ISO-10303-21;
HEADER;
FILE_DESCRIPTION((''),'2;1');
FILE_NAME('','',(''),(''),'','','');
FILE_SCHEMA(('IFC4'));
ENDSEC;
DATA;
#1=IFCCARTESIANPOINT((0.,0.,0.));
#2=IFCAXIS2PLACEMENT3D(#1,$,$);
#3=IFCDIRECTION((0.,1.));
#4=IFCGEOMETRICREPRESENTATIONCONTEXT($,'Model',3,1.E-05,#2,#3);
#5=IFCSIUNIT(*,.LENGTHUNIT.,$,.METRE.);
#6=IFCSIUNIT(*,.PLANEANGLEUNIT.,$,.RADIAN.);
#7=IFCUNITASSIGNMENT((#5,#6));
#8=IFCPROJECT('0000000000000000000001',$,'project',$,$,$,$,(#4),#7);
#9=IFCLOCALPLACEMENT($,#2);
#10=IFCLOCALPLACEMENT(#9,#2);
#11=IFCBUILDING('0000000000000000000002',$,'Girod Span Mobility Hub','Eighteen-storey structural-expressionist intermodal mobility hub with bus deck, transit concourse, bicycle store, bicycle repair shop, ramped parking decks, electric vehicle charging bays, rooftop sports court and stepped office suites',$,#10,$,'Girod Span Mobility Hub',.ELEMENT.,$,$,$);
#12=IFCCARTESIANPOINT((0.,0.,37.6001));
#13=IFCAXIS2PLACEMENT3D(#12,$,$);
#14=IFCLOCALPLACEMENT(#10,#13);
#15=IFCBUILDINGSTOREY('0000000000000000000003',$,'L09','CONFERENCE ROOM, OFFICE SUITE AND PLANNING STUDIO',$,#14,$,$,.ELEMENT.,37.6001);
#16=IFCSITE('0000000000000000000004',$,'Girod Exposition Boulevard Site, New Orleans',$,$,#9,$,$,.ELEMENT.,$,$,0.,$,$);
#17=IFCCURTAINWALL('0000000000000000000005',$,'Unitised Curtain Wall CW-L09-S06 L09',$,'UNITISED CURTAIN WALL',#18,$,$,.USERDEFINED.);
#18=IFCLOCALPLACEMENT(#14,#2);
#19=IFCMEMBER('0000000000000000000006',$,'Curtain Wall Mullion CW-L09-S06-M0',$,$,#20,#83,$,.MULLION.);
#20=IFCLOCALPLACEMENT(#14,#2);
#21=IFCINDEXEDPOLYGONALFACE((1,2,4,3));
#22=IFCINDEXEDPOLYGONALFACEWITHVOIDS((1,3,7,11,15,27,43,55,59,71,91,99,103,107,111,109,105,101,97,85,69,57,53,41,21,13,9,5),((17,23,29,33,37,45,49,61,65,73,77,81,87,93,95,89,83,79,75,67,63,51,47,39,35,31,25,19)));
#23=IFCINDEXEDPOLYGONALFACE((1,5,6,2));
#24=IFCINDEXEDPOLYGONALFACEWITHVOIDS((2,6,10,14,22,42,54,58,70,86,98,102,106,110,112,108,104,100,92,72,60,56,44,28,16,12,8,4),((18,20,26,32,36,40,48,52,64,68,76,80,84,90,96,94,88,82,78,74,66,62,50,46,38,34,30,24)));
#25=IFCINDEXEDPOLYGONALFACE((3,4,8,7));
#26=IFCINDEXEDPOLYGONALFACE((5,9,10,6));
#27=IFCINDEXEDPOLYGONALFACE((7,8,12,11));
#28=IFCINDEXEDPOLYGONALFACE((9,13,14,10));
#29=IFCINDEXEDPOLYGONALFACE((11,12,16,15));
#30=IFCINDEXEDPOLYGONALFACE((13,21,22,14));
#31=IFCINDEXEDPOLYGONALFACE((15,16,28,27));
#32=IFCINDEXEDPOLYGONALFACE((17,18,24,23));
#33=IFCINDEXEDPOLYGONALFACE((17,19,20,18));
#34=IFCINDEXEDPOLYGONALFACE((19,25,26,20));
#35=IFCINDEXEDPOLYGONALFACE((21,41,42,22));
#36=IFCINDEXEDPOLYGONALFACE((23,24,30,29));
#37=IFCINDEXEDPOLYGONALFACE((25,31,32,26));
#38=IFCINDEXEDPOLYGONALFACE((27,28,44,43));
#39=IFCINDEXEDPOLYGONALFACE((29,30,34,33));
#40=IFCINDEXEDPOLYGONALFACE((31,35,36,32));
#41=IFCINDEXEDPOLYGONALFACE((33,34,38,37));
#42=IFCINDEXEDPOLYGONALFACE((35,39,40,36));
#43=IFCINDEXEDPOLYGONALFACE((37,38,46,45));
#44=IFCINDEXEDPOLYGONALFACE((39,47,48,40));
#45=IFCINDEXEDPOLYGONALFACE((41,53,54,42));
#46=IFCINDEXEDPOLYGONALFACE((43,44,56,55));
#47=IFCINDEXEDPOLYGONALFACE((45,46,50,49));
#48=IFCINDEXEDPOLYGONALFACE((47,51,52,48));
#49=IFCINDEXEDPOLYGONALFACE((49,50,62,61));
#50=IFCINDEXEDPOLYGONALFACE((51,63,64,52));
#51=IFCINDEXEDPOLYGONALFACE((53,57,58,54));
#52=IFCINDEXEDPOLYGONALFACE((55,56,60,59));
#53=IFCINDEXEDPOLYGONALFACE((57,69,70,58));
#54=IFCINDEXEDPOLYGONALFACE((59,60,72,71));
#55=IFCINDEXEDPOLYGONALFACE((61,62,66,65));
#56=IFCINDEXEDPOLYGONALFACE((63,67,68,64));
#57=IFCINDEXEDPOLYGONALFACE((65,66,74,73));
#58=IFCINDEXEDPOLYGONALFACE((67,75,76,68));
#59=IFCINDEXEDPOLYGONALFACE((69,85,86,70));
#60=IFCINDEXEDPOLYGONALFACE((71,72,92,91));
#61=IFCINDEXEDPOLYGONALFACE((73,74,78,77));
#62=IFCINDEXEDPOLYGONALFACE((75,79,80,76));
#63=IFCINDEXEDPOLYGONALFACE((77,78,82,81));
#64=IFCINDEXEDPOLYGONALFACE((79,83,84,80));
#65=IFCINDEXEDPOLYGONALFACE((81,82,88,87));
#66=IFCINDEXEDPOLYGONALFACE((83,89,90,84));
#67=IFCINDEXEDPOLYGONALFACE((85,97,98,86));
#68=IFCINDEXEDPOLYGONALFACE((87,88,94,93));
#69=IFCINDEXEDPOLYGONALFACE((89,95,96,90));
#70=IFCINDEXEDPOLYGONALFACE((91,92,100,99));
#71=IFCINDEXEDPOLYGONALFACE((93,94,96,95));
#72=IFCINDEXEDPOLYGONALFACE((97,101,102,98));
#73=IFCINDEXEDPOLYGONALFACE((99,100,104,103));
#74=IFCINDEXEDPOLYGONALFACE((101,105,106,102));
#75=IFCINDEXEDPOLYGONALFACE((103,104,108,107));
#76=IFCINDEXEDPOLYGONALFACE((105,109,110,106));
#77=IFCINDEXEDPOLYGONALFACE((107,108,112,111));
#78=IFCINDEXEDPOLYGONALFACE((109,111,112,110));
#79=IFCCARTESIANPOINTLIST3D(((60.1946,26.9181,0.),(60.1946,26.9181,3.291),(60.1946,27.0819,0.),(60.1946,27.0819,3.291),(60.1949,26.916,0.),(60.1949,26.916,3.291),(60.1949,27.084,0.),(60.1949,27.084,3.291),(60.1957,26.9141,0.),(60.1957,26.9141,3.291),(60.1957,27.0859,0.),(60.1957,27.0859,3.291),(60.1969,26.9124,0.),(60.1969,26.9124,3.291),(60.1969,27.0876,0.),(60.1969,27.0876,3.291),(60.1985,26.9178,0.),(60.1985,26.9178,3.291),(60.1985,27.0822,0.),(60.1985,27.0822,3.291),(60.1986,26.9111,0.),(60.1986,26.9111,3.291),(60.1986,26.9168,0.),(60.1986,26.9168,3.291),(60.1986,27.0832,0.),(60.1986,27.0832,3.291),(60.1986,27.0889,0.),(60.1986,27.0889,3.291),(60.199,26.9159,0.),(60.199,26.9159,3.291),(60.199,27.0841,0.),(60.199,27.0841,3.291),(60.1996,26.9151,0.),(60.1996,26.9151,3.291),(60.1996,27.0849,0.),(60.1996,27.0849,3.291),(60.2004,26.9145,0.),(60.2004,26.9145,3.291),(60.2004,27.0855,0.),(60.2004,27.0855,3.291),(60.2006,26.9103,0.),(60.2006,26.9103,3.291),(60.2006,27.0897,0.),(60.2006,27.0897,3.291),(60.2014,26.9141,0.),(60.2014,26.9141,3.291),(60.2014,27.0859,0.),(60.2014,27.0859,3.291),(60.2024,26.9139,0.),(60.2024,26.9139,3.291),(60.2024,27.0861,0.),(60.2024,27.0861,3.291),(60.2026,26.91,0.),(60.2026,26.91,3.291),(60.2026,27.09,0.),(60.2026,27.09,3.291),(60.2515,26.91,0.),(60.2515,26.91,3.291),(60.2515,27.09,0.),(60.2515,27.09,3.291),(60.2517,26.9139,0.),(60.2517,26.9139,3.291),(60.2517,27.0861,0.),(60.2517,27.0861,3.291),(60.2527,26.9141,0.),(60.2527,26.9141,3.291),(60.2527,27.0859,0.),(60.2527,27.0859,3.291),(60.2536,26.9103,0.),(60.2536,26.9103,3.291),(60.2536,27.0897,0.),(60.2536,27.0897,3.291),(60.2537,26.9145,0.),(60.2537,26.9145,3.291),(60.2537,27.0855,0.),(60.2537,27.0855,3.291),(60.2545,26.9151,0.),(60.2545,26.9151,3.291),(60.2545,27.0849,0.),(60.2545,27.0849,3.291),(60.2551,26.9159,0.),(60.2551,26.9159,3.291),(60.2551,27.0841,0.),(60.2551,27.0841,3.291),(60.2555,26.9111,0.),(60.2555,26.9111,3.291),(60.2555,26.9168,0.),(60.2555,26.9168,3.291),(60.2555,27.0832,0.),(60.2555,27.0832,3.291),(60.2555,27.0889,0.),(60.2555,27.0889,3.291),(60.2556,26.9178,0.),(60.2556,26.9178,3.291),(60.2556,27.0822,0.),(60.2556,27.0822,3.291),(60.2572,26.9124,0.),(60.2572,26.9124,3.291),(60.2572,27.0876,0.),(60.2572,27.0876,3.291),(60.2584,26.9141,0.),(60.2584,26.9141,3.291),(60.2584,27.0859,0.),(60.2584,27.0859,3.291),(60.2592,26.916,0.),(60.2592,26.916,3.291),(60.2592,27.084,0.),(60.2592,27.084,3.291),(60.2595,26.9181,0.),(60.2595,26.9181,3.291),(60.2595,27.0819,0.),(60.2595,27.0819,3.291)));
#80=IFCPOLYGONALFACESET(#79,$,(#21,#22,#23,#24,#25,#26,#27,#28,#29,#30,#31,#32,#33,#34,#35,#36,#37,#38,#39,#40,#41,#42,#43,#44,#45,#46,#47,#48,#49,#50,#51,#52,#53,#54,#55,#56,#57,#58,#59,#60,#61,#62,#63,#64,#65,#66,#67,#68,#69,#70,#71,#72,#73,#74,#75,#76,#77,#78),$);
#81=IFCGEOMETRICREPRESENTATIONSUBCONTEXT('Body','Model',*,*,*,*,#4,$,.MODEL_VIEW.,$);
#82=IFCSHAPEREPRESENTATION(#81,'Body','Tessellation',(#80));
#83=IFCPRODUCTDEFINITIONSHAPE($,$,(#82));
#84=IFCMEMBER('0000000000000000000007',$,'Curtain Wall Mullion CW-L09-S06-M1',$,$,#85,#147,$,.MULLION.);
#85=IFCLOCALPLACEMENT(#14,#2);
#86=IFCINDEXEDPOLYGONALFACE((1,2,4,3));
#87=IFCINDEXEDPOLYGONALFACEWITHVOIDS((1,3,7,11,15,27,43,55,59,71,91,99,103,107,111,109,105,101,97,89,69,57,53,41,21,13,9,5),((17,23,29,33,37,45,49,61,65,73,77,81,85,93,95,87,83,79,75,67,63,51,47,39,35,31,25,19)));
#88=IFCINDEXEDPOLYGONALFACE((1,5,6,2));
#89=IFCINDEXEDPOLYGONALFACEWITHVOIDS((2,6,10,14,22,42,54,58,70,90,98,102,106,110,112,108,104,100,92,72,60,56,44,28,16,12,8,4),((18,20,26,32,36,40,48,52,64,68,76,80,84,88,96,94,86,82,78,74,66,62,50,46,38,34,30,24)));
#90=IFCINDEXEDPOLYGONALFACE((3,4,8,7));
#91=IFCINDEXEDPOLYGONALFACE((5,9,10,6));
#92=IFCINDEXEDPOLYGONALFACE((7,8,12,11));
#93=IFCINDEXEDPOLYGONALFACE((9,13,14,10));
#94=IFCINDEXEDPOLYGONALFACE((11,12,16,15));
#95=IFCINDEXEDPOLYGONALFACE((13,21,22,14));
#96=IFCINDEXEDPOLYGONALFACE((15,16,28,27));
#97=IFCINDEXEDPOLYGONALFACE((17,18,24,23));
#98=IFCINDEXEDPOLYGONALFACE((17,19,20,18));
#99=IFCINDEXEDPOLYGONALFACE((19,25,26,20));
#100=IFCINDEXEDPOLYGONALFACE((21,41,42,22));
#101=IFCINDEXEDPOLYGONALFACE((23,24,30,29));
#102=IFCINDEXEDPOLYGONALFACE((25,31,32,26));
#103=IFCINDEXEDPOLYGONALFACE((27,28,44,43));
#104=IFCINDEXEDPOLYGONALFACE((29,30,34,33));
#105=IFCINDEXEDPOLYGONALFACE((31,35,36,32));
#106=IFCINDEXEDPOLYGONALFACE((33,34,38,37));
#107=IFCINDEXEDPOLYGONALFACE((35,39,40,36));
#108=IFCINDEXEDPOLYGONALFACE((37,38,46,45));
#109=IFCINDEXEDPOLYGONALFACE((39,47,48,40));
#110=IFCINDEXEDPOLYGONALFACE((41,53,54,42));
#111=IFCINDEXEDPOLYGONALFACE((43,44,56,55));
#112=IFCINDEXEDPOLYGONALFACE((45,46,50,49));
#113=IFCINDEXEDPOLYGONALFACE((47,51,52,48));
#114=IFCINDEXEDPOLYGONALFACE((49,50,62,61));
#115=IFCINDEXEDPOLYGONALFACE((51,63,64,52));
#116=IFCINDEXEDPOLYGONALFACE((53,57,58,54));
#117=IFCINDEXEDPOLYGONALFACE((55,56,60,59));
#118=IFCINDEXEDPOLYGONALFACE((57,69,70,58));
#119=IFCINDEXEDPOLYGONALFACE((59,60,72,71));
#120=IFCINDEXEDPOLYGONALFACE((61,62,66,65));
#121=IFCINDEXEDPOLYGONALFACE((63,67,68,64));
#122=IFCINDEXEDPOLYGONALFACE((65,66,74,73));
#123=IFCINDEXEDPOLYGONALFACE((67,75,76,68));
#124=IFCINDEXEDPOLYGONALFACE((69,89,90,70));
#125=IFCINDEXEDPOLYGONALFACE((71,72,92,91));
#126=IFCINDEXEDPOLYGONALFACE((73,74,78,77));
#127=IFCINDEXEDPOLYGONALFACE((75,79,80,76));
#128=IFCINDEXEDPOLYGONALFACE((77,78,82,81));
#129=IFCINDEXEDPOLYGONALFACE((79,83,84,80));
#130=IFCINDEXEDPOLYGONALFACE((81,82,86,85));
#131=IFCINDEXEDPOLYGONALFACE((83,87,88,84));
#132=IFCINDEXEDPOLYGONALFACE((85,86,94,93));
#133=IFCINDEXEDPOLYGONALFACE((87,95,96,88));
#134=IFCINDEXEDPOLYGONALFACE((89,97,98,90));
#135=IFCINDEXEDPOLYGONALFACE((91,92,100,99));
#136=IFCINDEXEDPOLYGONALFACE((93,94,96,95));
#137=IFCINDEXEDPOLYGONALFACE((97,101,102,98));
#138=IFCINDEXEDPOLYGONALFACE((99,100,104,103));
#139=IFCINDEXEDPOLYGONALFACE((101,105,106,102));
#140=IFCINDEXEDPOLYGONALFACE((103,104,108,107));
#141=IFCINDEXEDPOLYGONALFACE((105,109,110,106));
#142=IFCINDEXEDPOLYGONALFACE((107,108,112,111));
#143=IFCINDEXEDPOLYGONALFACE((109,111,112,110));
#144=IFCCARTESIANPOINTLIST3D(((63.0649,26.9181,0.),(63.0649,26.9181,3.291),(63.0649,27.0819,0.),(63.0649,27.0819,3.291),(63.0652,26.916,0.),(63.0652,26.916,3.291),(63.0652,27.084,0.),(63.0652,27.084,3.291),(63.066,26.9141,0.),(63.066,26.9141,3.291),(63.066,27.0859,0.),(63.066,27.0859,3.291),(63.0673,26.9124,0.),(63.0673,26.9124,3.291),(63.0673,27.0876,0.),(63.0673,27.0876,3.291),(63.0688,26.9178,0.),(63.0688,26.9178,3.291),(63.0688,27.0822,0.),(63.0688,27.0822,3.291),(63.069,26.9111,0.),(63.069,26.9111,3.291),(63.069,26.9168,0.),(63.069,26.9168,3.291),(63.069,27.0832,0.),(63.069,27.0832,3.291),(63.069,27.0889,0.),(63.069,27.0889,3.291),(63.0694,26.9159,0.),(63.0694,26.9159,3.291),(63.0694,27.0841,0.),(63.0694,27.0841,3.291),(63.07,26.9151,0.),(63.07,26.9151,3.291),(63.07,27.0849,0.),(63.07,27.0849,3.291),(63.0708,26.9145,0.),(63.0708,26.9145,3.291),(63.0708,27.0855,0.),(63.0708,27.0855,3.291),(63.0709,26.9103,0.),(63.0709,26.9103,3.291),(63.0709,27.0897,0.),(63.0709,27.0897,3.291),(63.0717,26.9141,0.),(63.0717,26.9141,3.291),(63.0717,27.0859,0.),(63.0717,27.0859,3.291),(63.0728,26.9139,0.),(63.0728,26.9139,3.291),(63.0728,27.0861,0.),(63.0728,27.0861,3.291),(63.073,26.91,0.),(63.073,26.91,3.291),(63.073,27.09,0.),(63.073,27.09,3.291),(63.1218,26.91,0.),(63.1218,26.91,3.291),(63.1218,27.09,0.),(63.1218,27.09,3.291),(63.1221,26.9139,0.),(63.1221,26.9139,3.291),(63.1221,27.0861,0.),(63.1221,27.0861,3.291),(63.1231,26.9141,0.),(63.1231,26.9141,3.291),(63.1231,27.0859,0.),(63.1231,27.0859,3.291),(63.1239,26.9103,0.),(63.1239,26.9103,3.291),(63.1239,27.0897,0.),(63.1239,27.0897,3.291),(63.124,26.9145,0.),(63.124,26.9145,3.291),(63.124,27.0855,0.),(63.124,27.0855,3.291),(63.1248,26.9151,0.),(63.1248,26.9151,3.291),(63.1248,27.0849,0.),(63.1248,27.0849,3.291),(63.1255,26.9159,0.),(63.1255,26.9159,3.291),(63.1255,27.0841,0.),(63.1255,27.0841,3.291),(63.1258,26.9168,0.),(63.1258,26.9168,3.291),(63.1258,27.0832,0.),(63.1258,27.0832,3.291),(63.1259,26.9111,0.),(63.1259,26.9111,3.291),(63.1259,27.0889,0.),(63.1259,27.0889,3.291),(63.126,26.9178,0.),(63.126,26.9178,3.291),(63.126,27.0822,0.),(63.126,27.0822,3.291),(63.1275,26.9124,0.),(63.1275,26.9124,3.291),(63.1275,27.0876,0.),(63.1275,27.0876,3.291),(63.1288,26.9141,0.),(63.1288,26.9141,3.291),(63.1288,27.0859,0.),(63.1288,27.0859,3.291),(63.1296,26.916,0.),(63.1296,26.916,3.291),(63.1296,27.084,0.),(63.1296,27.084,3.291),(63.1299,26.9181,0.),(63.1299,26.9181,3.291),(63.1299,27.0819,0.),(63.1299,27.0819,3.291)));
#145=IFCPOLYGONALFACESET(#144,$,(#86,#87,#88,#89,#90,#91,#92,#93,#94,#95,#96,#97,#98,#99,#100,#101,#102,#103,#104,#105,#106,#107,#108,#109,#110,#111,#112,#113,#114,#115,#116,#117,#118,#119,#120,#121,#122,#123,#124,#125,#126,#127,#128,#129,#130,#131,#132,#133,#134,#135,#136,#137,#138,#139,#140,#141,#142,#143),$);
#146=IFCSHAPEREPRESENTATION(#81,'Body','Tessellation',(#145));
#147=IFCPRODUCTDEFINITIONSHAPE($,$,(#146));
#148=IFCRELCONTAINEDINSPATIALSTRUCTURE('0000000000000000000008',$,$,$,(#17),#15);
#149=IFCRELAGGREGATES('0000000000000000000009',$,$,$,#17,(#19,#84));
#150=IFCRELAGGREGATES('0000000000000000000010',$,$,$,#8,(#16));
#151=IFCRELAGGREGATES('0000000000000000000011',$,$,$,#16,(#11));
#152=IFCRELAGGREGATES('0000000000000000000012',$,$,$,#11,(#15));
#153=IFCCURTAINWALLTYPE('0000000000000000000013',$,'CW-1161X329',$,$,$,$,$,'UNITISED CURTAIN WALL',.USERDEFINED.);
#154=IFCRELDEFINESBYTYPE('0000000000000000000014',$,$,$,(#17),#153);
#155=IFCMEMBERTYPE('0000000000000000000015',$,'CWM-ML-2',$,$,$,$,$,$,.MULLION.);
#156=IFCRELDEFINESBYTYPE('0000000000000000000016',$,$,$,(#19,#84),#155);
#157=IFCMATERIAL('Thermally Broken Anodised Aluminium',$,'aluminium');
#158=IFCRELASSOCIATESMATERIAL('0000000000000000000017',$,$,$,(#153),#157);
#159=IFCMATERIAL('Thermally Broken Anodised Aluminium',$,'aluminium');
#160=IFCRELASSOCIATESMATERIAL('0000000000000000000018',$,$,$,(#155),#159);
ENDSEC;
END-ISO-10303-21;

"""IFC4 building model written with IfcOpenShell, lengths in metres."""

from ifc_helpers import new_model, si_unit, direction, frame, origin, origin_2d, place, context, subcontext, project, spatial, hollow_rectangle, extrude, material, material_profile, profile_set, type_object, element, aggregate, save


model = new_model("IFC4")

# Units and contexts
model_context = context("Model", 3, precision=1e-05, world=origin(), true_north=direction((0.0, 1.0)))
body_context = subcontext(model_context, "Body", "Model", "MODEL_VIEW")
ifc_project = project(units=[si_unit("LENGTHUNIT", "METRE"), si_unit("PLANEANGLEUNIT", "RADIAN")], contexts=[model_context])

# Site, building, storey
site_placement = place(None, origin())
site = spatial("IfcSite", under=ifc_project, at=site_placement, Name="Girod Exposition Boulevard Site, New Orleans", CompositionType="ELEMENT", RefElevation=0.0)
building_placement = place(site_placement, origin())
building = spatial("IfcBuilding", under=site, at=building_placement, Name="Girod Span Mobility Hub", Description="Eighteen-storey structural-expressionist intermodal mobility hub with bus deck, transit concourse, bicycle store, bicycle repair shop, ramped parking decks, electric vehicle charging bays, rooftop sports court and stepped office suites", LongName="Girod Span Mobility Hub", CompositionType="ELEMENT")
storey_placement = place(building_placement, frame((0.0, 0.0, 37.6001)))
storey = spatial("IfcBuildingStorey", under=building, at=storey_placement, Name="L09", Description="CONFERENCE ROOM, OFFICE SUITE AND PLANNING STUDIO", CompositionType="ELEMENT", Elevation=37.6001)

# Curtain wall, members
ifc_material_1 = material(Name="Thermally Broken Anodised Aluminium", Category="aluminium")
curtain_wall_type = type_object("IfcCurtainWallType", Name="CW-1161X329", ElementType="UNITISED CURTAIN WALL", PredefinedType="USERDEFINED", material=ifc_material_1)
ifc_material_2 = material(Name="Thermally Broken Anodised Aluminium", Category="aluminium")
ifc_material_profile_1 = material_profile(ifc_material_2, hollow_rectangle(XDim=0.1799, YDim=0.0649, WallThickness=0.0039, InnerFilletRadius=0.0039, OuterFilletRadius=0.0081, at=origin_2d()), Name="CW-ML-65X180")
ifc_profile_set_1 = profile_set([ifc_material_profile_1], Name="Thermally Broken Anodised Aluminium")
member_type_1 = type_object("IfcMemberType", Name="CWM-ML-2", PredefinedType="MULLION", material=ifc_profile_set_1)
curtain_wall_1_placement = place(storey_placement, origin())
curtain_wall_1 = element("IfcCurtainWall", 1, at=curtain_wall_1_placement, inside=storey, type_object=curtain_wall_type, Name="Unitised Curtain Wall CW-L09-S06 L09", ObjectType="UNITISED CURTAIN WALL", PredefinedType="USERDEFINED")
member_1_placement = place(storey_placement, frame((60.2271, 27.0, 0.0), z_axis=(0.0, 0.0, 1.0), x_axis=(0.0, 1.0, 0.0)))
member_1 = element("IfcMember", 2, at=member_1_placement, type_object=member_type_1, Name="Curtain Wall Mullion CW-L09-S06-M0", PredefinedType="MULLION", context=body_context, shape_type="SweptSolid", body=[
    extrude(hollow_rectangle(XDim=0.1799, YDim=0.0649, WallThickness=0.0039, InnerFilletRadius=0.0039, OuterFilletRadius=0.0081, at=origin_2d()), origin(), (0.0, 0.0, 1.0), 3.291),
])
member_2_placement = place(storey_placement, frame((63.0974, 27.0, 0.0), z_axis=(0.0, 0.0, 1.0), x_axis=(0.0, 1.0, 0.0)))
member_2 = element("IfcMember", 3, at=member_2_placement, type_object=member_type_1, Name="Curtain Wall Mullion CW-L09-S06-M1", PredefinedType="MULLION", context=body_context, shape_type="SweptSolid", body=[
    extrude(hollow_rectangle(XDim=0.1799, YDim=0.0649, WallThickness=0.0039, InnerFilletRadius=0.0039, OuterFilletRadius=0.0081, at=origin_2d()), origin(), (0.0, 0.0, 1.0), 3.291),
])

aggregate(curtain_wall_1, [member_1, member_2])

save(model, "model.ifc")
